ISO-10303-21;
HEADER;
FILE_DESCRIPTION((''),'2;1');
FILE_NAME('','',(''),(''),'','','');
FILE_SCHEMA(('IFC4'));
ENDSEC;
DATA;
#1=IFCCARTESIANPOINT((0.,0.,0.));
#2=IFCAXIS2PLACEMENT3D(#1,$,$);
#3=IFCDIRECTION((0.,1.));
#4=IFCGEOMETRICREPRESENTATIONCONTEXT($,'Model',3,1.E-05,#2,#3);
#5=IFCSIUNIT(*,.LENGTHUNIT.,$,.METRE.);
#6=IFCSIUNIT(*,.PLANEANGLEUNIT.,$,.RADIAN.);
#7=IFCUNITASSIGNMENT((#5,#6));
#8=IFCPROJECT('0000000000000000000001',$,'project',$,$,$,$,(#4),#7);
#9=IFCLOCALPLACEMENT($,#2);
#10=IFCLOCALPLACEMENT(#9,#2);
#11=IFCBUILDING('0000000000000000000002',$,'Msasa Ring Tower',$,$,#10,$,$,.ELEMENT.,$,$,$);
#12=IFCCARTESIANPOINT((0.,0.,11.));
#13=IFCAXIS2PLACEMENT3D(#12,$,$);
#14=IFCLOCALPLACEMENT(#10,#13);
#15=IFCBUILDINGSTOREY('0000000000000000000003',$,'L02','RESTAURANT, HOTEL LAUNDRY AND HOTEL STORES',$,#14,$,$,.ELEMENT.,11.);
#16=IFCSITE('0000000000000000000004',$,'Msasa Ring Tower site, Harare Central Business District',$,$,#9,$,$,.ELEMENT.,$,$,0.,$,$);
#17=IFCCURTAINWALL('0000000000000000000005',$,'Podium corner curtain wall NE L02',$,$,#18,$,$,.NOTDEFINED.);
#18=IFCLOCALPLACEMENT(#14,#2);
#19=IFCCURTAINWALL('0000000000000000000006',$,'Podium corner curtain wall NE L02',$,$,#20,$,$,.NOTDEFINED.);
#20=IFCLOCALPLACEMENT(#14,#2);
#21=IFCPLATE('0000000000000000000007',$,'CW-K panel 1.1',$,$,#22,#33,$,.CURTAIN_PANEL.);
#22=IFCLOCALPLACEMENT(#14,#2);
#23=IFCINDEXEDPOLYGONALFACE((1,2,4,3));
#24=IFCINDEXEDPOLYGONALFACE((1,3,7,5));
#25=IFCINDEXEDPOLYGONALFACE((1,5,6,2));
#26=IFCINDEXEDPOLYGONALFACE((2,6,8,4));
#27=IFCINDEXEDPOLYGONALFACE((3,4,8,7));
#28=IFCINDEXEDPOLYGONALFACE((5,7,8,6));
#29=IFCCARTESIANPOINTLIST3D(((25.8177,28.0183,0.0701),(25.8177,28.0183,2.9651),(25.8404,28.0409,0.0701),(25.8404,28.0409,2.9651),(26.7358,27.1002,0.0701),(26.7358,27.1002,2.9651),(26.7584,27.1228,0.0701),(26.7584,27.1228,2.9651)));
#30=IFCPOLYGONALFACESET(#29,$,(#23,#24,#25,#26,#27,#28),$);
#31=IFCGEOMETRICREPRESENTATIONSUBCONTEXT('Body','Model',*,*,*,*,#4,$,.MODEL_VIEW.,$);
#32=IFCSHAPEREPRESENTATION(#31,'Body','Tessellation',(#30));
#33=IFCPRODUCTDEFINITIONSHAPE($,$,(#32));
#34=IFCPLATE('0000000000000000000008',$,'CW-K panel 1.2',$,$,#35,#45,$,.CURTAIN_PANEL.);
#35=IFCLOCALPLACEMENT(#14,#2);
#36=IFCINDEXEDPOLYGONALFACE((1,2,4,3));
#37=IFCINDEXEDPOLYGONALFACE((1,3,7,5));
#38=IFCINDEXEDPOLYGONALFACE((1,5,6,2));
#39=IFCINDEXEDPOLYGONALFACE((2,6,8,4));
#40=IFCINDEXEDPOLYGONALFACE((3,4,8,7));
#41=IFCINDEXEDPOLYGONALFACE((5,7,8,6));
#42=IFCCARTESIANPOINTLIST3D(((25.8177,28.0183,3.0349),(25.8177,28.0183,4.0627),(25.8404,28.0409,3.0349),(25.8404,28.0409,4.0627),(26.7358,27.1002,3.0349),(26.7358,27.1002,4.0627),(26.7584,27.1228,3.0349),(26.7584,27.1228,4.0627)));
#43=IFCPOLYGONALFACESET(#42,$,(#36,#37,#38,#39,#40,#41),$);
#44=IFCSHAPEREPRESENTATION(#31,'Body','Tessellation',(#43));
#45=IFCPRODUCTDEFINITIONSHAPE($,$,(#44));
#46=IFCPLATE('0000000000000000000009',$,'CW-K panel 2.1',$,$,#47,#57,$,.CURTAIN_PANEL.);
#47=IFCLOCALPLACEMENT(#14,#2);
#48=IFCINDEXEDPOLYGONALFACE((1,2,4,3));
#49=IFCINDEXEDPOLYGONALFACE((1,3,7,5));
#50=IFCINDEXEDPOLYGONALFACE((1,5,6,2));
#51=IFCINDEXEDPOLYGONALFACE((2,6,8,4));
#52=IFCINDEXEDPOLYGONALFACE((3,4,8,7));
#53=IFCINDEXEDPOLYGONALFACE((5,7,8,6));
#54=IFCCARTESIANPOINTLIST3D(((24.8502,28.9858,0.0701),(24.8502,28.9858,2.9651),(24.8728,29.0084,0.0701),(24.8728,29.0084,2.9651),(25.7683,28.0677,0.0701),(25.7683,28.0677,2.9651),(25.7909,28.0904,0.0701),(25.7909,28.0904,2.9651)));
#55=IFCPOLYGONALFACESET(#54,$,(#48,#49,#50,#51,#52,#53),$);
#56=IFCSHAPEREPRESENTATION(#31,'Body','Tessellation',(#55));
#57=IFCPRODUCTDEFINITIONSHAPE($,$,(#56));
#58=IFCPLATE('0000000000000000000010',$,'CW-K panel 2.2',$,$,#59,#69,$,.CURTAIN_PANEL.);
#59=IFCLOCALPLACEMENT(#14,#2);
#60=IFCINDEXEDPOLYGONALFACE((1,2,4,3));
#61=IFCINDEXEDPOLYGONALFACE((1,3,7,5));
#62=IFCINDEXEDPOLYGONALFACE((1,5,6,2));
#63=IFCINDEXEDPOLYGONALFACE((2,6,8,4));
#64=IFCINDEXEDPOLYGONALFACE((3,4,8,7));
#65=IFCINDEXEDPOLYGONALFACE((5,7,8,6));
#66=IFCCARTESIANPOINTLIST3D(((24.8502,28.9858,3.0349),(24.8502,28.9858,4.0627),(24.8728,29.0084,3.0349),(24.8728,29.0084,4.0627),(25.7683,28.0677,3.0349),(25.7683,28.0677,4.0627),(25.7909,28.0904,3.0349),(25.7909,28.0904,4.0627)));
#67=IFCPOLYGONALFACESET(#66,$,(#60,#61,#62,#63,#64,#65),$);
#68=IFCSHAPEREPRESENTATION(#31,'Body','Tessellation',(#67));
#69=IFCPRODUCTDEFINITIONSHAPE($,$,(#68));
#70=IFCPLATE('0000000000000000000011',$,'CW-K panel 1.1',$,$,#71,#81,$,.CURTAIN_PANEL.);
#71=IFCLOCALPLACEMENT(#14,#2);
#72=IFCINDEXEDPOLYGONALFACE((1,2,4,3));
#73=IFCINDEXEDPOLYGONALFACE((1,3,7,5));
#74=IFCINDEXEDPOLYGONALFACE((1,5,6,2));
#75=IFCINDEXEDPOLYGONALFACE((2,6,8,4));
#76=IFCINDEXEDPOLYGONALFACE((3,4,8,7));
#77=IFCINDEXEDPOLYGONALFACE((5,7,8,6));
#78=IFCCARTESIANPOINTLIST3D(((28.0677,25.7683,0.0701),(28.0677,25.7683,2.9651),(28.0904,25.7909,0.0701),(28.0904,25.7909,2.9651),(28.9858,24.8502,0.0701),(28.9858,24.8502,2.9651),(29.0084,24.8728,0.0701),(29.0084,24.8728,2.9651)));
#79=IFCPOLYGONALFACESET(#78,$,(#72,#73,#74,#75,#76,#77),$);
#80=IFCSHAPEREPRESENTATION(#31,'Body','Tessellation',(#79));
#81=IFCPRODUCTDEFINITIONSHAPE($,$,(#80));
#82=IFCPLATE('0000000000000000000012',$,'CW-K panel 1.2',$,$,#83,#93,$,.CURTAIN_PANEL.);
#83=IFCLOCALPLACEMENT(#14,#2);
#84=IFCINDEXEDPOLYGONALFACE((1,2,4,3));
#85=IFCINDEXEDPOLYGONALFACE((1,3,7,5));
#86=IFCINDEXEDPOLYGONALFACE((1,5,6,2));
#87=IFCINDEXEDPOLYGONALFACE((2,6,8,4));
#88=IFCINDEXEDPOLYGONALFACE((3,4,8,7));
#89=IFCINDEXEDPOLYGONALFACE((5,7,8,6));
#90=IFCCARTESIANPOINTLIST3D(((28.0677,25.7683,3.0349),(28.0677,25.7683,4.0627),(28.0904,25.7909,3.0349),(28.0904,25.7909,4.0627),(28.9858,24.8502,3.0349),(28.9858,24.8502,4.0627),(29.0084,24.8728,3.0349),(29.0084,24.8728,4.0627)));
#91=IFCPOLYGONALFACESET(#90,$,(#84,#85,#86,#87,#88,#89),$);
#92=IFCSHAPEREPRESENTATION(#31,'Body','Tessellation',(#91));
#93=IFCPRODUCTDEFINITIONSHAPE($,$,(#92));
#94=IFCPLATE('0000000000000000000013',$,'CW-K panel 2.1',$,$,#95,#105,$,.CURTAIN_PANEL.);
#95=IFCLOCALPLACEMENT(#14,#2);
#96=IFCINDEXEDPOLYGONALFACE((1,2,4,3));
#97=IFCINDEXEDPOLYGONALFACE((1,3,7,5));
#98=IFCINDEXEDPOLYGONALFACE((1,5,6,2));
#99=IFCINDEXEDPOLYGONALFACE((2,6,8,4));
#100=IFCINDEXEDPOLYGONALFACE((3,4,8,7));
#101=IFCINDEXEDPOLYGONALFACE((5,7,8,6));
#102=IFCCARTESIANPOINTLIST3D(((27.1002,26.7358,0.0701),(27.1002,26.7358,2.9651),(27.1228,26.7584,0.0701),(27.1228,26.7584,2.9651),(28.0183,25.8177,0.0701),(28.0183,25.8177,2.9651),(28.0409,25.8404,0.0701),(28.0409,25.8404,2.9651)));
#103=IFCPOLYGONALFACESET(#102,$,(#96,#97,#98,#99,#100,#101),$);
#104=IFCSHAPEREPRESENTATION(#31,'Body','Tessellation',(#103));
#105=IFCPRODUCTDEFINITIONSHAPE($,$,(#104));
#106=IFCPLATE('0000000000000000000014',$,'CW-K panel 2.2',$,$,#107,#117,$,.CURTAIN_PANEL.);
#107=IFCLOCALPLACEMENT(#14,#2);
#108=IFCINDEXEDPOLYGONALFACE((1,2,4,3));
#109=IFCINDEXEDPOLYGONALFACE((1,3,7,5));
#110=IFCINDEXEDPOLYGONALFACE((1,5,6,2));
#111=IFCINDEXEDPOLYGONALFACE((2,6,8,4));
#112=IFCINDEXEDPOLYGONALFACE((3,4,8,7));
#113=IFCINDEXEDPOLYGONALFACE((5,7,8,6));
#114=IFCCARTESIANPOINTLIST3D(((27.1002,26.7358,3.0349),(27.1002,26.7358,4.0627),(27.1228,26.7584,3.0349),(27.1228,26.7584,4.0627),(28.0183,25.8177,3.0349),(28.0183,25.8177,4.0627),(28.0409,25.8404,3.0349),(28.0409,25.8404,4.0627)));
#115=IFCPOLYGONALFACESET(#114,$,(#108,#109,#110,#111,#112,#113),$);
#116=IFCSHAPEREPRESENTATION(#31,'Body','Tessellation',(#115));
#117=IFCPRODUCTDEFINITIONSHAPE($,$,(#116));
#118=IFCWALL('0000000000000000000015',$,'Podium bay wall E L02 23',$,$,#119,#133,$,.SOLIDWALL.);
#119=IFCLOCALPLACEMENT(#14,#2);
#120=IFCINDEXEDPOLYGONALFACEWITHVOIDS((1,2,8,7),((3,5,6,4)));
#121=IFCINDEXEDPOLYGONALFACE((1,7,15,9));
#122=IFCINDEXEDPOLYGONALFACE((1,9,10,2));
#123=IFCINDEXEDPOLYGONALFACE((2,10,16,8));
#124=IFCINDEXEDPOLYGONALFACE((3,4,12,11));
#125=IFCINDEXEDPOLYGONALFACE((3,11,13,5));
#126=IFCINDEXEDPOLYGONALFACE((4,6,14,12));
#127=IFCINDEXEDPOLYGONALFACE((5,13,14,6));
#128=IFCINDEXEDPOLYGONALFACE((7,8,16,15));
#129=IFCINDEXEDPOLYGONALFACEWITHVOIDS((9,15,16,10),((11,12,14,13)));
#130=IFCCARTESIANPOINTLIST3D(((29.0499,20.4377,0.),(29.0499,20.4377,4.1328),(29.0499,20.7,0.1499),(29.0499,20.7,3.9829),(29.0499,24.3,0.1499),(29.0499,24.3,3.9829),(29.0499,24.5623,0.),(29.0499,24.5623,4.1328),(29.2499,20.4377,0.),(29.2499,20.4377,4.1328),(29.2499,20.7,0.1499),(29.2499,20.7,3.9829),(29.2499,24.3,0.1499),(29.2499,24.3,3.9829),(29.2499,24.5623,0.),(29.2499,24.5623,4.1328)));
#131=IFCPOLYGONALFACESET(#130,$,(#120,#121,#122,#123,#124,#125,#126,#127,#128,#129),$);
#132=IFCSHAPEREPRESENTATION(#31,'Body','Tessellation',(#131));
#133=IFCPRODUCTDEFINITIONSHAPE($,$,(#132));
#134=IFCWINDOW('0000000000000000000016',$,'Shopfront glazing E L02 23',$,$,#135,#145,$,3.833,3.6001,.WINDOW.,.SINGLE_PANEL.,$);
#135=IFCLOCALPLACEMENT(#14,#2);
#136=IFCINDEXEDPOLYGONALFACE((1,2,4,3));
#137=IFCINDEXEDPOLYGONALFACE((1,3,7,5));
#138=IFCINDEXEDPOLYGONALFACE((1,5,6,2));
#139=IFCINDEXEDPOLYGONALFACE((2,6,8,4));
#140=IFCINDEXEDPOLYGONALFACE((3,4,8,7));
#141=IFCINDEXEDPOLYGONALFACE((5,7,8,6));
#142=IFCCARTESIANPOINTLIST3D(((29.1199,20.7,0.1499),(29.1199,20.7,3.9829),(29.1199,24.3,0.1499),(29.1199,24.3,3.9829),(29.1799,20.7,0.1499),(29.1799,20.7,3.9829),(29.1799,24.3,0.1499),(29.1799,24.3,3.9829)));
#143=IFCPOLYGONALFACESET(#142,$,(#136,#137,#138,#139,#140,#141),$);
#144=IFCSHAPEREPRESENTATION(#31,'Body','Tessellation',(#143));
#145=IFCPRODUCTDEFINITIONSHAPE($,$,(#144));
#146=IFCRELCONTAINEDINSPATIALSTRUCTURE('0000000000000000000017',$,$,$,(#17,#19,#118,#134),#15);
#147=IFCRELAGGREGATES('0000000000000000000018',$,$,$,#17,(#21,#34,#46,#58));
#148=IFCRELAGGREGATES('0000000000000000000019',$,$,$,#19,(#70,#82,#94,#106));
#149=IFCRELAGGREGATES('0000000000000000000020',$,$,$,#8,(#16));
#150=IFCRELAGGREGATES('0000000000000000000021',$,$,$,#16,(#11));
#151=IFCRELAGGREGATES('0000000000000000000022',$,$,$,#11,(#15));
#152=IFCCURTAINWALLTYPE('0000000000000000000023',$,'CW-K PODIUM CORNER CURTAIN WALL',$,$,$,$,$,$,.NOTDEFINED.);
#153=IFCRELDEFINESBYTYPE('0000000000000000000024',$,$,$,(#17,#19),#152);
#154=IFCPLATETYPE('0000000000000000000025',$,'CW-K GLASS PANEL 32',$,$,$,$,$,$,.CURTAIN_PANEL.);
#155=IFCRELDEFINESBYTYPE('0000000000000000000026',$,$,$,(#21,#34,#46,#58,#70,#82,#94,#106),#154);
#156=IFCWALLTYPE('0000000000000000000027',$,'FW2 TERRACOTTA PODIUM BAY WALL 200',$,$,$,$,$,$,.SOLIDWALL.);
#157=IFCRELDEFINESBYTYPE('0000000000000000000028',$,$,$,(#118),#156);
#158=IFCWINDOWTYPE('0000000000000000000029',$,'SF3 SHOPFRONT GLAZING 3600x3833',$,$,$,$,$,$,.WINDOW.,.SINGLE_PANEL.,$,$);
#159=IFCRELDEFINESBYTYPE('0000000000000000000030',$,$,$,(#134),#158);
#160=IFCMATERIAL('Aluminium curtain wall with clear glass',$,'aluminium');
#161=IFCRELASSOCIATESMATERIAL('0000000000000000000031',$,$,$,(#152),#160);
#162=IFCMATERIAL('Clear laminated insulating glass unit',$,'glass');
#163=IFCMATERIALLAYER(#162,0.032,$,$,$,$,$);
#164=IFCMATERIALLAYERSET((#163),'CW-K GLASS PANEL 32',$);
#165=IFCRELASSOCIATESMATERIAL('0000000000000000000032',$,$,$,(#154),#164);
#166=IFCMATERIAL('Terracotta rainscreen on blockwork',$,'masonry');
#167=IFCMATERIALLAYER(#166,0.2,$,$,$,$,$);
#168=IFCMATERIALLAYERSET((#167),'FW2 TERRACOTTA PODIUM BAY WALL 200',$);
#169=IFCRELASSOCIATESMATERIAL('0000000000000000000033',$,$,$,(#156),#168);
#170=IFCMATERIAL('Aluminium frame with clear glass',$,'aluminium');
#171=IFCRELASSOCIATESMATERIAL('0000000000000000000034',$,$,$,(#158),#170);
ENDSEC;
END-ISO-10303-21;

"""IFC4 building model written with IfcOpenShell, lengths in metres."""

from ifc_helpers import new_model, si_unit, direction, frame, frame_2d, origin, origin_2d, place, context, subcontext, project, spatial, rectangle, extrude, material, layer, layer_set, type_object, element, fill, aggregate, save


model = new_model("IFC4")

# Units and contexts
model_context = context("Model", 3, precision=1e-05, world=origin(), true_north=direction((0.0, 1.0)))
body_context = subcontext(model_context, "Body", "Model", "MODEL_VIEW")
ifc_project = project(units=[si_unit("LENGTHUNIT", "METRE"), si_unit("PLANEANGLEUNIT", "RADIAN")], contexts=[model_context])

# Site, building, storey
site_placement = place(None, origin())
site = spatial("IfcSite", under=ifc_project, at=site_placement, Name="Msasa Ring Tower site, Harare Central Business District", CompositionType="ELEMENT", RefElevation=0.0)
building_placement = place(site_placement, origin())
building = spatial("IfcBuilding", under=site, at=building_placement, Name="Msasa Ring Tower", CompositionType="ELEMENT")
storey_placement = place(building_placement, frame((0.0, 0.0, 11.0)))
storey = spatial("IfcBuildingStorey", under=building, at=storey_placement, Name="L02", Description="RESTAURANT, HOTEL LAUNDRY AND HOTEL STORES", CompositionType="ELEMENT", Elevation=11.0)

# Curtain walls
ifc_material_1 = material(Name="Aluminium curtain wall with clear glass", Category="aluminium")
curtain_wall_type = type_object("IfcCurtainWallType", Name="CW-K PODIUM CORNER CURTAIN WALL", PredefinedType="NOTDEFINED", material=ifc_material_1)
curtain_wall_1_placement = place(storey_placement, origin())
curtain_wall_1 = element("IfcCurtainWall", 1, at=curtain_wall_1_placement, inside=storey, type_object=curtain_wall_type, Name="Podium corner curtain wall NE L02", PredefinedType="NOTDEFINED")
curtain_wall_2_placement = place(storey_placement, origin())
curtain_wall_2 = element("IfcCurtainWall", 2, at=curtain_wall_2_placement, inside=storey, type_object=curtain_wall_type, Name="Podium corner curtain wall NE L02", PredefinedType="NOTDEFINED")

# Plates
ifc_material_2 = material(Name="Clear laminated insulating glass unit", Category="glass")
ifc_layer_1 = layer(ifc_material_2, 0.032)
ifc_layer_set_1 = layer_set([ifc_layer_1], Name="CW-K GLASS PANEL 32")
plate_type = type_object("IfcPlateType", Name="CW-K GLASS PANEL 32", PredefinedType="CURTAIN_PANEL", material=ifc_layer_set_1)
plate_1_placement = place(storey_placement, frame((26.2881, 27.5706, 0.0701), z_axis=(0.0, 0.0, 1.0), x_axis=(-0.707107, 0.707107, 0.0)))
plate_1 = element("IfcPlate", 3, at=plate_1_placement, type_object=plate_type, Name="CW-K panel 1.1", PredefinedType="CURTAIN_PANEL", context=body_context, shape_type="SweptSolid", body=[
    extrude(rectangle(XDim=1.2983, YDim=0.032, at=origin_2d()), origin(), (0.0, 0.0, 1.0), 2.895),
])
plate_2_placement = place(storey_placement, frame((26.2881, 27.5706, 3.0349), z_axis=(0.0, 0.0, 1.0), x_axis=(-0.707107, 0.707107, 0.0)))
plate_2 = element("IfcPlate", 4, at=plate_2_placement, type_object=plate_type, Name="CW-K panel 1.2", PredefinedType="CURTAIN_PANEL", context=body_context, shape_type="SweptSolid", body=[
    extrude(rectangle(XDim=1.2983, YDim=0.032, at=origin_2d()), origin(), (0.0, 0.0, 1.0), 1.0278),
])
plate_3_placement = place(storey_placement, frame((25.3206, 28.5381, 0.0701), z_axis=(0.0, 0.0, 1.0), x_axis=(-0.707107, 0.707107, 0.0)))
plate_3 = element("IfcPlate", 5, at=plate_3_placement, type_object=plate_type, Name="CW-K panel 2.1", PredefinedType="CURTAIN_PANEL", context=body_context, shape_type="SweptSolid", body=[
    extrude(rectangle(XDim=1.2983, YDim=0.032, at=origin_2d()), origin(), (0.0, 0.0, 1.0), 2.895),
])
plate_4_placement = place(storey_placement, frame((25.3206, 28.5381, 3.0349), z_axis=(0.0, 0.0, 1.0), x_axis=(-0.707107, 0.707107, 0.0)))
plate_4 = element("IfcPlate", 6, at=plate_4_placement, type_object=plate_type, Name="CW-K panel 2.2", PredefinedType="CURTAIN_PANEL", context=body_context, shape_type="SweptSolid", body=[
    extrude(rectangle(XDim=1.2983, YDim=0.032, at=origin_2d()), origin(), (0.0, 0.0, 1.0), 1.0278),
])
aggregate(curtain_wall_1, [plate_1, plate_2, plate_3, plate_4])
plate_5_placement = place(storey_placement, frame((28.5381, 25.3206, 0.0701), z_axis=(0.0, 0.0, 1.0), x_axis=(-0.707107, 0.707107, 0.0)))
plate_5 = element("IfcPlate", 7, at=plate_5_placement, type_object=plate_type, Name="CW-K panel 1.1", PredefinedType="CURTAIN_PANEL", context=body_context, shape_type="SweptSolid", body=[
    extrude(rectangle(XDim=1.2983, YDim=0.032, at=origin_2d()), origin(), (0.0, 0.0, 1.0), 2.895),
])
plate_6_placement = place(storey_placement, frame((28.5381, 25.3206, 3.0349), z_axis=(0.0, 0.0, 1.0), x_axis=(-0.707107, 0.707107, 0.0)))
plate_6 = element("IfcPlate", 8, at=plate_6_placement, type_object=plate_type, Name="CW-K panel 1.2", PredefinedType="CURTAIN_PANEL", context=body_context, shape_type="SweptSolid", body=[
    extrude(rectangle(XDim=1.2983, YDim=0.032, at=origin_2d()), origin(), (0.0, 0.0, 1.0), 1.0278),
])
plate_7_placement = place(storey_placement, frame((27.5706, 26.2881, 0.0701), z_axis=(0.0, 0.0, 1.0), x_axis=(-0.707107, 0.707107, 0.0)))
plate_7 = element("IfcPlate", 9, at=plate_7_placement, type_object=plate_type, Name="CW-K panel 2.1", PredefinedType="CURTAIN_PANEL", context=body_context, shape_type="SweptSolid", body=[
    extrude(rectangle(XDim=1.2983, YDim=0.032, at=origin_2d()), origin(), (0.0, 0.0, 1.0), 2.895),
])
plate_8_placement = place(storey_placement, frame((27.5706, 26.2881, 3.0349), z_axis=(0.0, 0.0, 1.0), x_axis=(-0.707107, 0.707107, 0.0)))
plate_8 = element("IfcPlate", 10, at=plate_8_placement, type_object=plate_type, Name="CW-K panel 2.2", PredefinedType="CURTAIN_PANEL", context=body_context, shape_type="SweptSolid", body=[
    extrude(rectangle(XDim=1.2983, YDim=0.032, at=origin_2d()), origin(), (0.0, 0.0, 1.0), 1.0278),
])
aggregate(curtain_wall_2, [plate_5, plate_6, plate_7, plate_8])

# Wall, opening, window
ifc_material_3 = material(Name="Terracotta rainscreen on blockwork", Category="masonry")
ifc_layer_2 = layer(ifc_material_3, 0.2)
ifc_layer_set_2 = layer_set([ifc_layer_2], Name="FW2 TERRACOTTA PODIUM BAY WALL 200")
wall_type = type_object("IfcWallType", Name="FW2 TERRACOTTA PODIUM BAY WALL 200", PredefinedType="SOLIDWALL", material=ifc_layer_set_2)
wall_placement = place(storey_placement, frame((29.1499, 20.4377, 0.0), z_axis=(0.0, 0.0, 1.0), x_axis=(0.0, 1.0, 0.0)))
wall = element("IfcWall", 11, at=wall_placement, inside=storey, type_object=wall_type, Name="Podium bay wall E L02 23", PredefinedType="SOLIDWALL", context=body_context, shape_type="SweptSolid", body=[
    extrude(rectangle(XDim=4.1245, YDim=0.2, at=frame_2d((2.0623, 0.0))), origin(), (0.0, 0.0, 1.0), 4.1328),
])
opening_placement = place(wall_placement, frame((0.2622, 0.0, 0.1499)))
opening = element("IfcOpeningElement", 12, at=opening_placement, cuts=wall, PredefinedType="OPENING", context=body_context, shape_type="SweptSolid", body=[
    extrude(rectangle(XDim=3.6001, YDim=3.833, at=frame_2d((1.8, 1.9165))), frame((0.0, 0.1099, 0.0), z_axis=(0.0, -1.0, 0.0), x_axis=(1.0, 0.0, 0.0)), (0.0, 0.0, 1.0), 0.22),
])
ifc_material_4 = material(Name="Aluminium frame with clear glass", Category="aluminium")
window_type = type_object("IfcWindowType", Name="SF3 SHOPFRONT GLAZING 3600x3833", PartitioningType="SINGLE_PANEL", PredefinedType="WINDOW", material=ifc_material_4)
window_placement = place(opening_placement, origin())
window = element("IfcWindow", 13, at=window_placement, inside=storey, type_object=window_type, Name="Shopfront glazing E L02 23", OverallHeight=3.833, OverallWidth=3.6001, PartitioningType="SINGLE_PANEL", PredefinedType="WINDOW", context=body_context, shape_type="SweptSolid", body=[
    extrude(rectangle(XDim=3.6001, YDim=3.833, at=frame_2d((1.8, 1.9165))), frame((0.0, 0.03, 0.0), z_axis=(0.0, -1.0, 0.0), x_axis=(1.0, 0.0, 0.0)), (0.0, 0.0, 1.0), 0.0601),
])
fill(opening, window)

save(model, "model.ifc")
